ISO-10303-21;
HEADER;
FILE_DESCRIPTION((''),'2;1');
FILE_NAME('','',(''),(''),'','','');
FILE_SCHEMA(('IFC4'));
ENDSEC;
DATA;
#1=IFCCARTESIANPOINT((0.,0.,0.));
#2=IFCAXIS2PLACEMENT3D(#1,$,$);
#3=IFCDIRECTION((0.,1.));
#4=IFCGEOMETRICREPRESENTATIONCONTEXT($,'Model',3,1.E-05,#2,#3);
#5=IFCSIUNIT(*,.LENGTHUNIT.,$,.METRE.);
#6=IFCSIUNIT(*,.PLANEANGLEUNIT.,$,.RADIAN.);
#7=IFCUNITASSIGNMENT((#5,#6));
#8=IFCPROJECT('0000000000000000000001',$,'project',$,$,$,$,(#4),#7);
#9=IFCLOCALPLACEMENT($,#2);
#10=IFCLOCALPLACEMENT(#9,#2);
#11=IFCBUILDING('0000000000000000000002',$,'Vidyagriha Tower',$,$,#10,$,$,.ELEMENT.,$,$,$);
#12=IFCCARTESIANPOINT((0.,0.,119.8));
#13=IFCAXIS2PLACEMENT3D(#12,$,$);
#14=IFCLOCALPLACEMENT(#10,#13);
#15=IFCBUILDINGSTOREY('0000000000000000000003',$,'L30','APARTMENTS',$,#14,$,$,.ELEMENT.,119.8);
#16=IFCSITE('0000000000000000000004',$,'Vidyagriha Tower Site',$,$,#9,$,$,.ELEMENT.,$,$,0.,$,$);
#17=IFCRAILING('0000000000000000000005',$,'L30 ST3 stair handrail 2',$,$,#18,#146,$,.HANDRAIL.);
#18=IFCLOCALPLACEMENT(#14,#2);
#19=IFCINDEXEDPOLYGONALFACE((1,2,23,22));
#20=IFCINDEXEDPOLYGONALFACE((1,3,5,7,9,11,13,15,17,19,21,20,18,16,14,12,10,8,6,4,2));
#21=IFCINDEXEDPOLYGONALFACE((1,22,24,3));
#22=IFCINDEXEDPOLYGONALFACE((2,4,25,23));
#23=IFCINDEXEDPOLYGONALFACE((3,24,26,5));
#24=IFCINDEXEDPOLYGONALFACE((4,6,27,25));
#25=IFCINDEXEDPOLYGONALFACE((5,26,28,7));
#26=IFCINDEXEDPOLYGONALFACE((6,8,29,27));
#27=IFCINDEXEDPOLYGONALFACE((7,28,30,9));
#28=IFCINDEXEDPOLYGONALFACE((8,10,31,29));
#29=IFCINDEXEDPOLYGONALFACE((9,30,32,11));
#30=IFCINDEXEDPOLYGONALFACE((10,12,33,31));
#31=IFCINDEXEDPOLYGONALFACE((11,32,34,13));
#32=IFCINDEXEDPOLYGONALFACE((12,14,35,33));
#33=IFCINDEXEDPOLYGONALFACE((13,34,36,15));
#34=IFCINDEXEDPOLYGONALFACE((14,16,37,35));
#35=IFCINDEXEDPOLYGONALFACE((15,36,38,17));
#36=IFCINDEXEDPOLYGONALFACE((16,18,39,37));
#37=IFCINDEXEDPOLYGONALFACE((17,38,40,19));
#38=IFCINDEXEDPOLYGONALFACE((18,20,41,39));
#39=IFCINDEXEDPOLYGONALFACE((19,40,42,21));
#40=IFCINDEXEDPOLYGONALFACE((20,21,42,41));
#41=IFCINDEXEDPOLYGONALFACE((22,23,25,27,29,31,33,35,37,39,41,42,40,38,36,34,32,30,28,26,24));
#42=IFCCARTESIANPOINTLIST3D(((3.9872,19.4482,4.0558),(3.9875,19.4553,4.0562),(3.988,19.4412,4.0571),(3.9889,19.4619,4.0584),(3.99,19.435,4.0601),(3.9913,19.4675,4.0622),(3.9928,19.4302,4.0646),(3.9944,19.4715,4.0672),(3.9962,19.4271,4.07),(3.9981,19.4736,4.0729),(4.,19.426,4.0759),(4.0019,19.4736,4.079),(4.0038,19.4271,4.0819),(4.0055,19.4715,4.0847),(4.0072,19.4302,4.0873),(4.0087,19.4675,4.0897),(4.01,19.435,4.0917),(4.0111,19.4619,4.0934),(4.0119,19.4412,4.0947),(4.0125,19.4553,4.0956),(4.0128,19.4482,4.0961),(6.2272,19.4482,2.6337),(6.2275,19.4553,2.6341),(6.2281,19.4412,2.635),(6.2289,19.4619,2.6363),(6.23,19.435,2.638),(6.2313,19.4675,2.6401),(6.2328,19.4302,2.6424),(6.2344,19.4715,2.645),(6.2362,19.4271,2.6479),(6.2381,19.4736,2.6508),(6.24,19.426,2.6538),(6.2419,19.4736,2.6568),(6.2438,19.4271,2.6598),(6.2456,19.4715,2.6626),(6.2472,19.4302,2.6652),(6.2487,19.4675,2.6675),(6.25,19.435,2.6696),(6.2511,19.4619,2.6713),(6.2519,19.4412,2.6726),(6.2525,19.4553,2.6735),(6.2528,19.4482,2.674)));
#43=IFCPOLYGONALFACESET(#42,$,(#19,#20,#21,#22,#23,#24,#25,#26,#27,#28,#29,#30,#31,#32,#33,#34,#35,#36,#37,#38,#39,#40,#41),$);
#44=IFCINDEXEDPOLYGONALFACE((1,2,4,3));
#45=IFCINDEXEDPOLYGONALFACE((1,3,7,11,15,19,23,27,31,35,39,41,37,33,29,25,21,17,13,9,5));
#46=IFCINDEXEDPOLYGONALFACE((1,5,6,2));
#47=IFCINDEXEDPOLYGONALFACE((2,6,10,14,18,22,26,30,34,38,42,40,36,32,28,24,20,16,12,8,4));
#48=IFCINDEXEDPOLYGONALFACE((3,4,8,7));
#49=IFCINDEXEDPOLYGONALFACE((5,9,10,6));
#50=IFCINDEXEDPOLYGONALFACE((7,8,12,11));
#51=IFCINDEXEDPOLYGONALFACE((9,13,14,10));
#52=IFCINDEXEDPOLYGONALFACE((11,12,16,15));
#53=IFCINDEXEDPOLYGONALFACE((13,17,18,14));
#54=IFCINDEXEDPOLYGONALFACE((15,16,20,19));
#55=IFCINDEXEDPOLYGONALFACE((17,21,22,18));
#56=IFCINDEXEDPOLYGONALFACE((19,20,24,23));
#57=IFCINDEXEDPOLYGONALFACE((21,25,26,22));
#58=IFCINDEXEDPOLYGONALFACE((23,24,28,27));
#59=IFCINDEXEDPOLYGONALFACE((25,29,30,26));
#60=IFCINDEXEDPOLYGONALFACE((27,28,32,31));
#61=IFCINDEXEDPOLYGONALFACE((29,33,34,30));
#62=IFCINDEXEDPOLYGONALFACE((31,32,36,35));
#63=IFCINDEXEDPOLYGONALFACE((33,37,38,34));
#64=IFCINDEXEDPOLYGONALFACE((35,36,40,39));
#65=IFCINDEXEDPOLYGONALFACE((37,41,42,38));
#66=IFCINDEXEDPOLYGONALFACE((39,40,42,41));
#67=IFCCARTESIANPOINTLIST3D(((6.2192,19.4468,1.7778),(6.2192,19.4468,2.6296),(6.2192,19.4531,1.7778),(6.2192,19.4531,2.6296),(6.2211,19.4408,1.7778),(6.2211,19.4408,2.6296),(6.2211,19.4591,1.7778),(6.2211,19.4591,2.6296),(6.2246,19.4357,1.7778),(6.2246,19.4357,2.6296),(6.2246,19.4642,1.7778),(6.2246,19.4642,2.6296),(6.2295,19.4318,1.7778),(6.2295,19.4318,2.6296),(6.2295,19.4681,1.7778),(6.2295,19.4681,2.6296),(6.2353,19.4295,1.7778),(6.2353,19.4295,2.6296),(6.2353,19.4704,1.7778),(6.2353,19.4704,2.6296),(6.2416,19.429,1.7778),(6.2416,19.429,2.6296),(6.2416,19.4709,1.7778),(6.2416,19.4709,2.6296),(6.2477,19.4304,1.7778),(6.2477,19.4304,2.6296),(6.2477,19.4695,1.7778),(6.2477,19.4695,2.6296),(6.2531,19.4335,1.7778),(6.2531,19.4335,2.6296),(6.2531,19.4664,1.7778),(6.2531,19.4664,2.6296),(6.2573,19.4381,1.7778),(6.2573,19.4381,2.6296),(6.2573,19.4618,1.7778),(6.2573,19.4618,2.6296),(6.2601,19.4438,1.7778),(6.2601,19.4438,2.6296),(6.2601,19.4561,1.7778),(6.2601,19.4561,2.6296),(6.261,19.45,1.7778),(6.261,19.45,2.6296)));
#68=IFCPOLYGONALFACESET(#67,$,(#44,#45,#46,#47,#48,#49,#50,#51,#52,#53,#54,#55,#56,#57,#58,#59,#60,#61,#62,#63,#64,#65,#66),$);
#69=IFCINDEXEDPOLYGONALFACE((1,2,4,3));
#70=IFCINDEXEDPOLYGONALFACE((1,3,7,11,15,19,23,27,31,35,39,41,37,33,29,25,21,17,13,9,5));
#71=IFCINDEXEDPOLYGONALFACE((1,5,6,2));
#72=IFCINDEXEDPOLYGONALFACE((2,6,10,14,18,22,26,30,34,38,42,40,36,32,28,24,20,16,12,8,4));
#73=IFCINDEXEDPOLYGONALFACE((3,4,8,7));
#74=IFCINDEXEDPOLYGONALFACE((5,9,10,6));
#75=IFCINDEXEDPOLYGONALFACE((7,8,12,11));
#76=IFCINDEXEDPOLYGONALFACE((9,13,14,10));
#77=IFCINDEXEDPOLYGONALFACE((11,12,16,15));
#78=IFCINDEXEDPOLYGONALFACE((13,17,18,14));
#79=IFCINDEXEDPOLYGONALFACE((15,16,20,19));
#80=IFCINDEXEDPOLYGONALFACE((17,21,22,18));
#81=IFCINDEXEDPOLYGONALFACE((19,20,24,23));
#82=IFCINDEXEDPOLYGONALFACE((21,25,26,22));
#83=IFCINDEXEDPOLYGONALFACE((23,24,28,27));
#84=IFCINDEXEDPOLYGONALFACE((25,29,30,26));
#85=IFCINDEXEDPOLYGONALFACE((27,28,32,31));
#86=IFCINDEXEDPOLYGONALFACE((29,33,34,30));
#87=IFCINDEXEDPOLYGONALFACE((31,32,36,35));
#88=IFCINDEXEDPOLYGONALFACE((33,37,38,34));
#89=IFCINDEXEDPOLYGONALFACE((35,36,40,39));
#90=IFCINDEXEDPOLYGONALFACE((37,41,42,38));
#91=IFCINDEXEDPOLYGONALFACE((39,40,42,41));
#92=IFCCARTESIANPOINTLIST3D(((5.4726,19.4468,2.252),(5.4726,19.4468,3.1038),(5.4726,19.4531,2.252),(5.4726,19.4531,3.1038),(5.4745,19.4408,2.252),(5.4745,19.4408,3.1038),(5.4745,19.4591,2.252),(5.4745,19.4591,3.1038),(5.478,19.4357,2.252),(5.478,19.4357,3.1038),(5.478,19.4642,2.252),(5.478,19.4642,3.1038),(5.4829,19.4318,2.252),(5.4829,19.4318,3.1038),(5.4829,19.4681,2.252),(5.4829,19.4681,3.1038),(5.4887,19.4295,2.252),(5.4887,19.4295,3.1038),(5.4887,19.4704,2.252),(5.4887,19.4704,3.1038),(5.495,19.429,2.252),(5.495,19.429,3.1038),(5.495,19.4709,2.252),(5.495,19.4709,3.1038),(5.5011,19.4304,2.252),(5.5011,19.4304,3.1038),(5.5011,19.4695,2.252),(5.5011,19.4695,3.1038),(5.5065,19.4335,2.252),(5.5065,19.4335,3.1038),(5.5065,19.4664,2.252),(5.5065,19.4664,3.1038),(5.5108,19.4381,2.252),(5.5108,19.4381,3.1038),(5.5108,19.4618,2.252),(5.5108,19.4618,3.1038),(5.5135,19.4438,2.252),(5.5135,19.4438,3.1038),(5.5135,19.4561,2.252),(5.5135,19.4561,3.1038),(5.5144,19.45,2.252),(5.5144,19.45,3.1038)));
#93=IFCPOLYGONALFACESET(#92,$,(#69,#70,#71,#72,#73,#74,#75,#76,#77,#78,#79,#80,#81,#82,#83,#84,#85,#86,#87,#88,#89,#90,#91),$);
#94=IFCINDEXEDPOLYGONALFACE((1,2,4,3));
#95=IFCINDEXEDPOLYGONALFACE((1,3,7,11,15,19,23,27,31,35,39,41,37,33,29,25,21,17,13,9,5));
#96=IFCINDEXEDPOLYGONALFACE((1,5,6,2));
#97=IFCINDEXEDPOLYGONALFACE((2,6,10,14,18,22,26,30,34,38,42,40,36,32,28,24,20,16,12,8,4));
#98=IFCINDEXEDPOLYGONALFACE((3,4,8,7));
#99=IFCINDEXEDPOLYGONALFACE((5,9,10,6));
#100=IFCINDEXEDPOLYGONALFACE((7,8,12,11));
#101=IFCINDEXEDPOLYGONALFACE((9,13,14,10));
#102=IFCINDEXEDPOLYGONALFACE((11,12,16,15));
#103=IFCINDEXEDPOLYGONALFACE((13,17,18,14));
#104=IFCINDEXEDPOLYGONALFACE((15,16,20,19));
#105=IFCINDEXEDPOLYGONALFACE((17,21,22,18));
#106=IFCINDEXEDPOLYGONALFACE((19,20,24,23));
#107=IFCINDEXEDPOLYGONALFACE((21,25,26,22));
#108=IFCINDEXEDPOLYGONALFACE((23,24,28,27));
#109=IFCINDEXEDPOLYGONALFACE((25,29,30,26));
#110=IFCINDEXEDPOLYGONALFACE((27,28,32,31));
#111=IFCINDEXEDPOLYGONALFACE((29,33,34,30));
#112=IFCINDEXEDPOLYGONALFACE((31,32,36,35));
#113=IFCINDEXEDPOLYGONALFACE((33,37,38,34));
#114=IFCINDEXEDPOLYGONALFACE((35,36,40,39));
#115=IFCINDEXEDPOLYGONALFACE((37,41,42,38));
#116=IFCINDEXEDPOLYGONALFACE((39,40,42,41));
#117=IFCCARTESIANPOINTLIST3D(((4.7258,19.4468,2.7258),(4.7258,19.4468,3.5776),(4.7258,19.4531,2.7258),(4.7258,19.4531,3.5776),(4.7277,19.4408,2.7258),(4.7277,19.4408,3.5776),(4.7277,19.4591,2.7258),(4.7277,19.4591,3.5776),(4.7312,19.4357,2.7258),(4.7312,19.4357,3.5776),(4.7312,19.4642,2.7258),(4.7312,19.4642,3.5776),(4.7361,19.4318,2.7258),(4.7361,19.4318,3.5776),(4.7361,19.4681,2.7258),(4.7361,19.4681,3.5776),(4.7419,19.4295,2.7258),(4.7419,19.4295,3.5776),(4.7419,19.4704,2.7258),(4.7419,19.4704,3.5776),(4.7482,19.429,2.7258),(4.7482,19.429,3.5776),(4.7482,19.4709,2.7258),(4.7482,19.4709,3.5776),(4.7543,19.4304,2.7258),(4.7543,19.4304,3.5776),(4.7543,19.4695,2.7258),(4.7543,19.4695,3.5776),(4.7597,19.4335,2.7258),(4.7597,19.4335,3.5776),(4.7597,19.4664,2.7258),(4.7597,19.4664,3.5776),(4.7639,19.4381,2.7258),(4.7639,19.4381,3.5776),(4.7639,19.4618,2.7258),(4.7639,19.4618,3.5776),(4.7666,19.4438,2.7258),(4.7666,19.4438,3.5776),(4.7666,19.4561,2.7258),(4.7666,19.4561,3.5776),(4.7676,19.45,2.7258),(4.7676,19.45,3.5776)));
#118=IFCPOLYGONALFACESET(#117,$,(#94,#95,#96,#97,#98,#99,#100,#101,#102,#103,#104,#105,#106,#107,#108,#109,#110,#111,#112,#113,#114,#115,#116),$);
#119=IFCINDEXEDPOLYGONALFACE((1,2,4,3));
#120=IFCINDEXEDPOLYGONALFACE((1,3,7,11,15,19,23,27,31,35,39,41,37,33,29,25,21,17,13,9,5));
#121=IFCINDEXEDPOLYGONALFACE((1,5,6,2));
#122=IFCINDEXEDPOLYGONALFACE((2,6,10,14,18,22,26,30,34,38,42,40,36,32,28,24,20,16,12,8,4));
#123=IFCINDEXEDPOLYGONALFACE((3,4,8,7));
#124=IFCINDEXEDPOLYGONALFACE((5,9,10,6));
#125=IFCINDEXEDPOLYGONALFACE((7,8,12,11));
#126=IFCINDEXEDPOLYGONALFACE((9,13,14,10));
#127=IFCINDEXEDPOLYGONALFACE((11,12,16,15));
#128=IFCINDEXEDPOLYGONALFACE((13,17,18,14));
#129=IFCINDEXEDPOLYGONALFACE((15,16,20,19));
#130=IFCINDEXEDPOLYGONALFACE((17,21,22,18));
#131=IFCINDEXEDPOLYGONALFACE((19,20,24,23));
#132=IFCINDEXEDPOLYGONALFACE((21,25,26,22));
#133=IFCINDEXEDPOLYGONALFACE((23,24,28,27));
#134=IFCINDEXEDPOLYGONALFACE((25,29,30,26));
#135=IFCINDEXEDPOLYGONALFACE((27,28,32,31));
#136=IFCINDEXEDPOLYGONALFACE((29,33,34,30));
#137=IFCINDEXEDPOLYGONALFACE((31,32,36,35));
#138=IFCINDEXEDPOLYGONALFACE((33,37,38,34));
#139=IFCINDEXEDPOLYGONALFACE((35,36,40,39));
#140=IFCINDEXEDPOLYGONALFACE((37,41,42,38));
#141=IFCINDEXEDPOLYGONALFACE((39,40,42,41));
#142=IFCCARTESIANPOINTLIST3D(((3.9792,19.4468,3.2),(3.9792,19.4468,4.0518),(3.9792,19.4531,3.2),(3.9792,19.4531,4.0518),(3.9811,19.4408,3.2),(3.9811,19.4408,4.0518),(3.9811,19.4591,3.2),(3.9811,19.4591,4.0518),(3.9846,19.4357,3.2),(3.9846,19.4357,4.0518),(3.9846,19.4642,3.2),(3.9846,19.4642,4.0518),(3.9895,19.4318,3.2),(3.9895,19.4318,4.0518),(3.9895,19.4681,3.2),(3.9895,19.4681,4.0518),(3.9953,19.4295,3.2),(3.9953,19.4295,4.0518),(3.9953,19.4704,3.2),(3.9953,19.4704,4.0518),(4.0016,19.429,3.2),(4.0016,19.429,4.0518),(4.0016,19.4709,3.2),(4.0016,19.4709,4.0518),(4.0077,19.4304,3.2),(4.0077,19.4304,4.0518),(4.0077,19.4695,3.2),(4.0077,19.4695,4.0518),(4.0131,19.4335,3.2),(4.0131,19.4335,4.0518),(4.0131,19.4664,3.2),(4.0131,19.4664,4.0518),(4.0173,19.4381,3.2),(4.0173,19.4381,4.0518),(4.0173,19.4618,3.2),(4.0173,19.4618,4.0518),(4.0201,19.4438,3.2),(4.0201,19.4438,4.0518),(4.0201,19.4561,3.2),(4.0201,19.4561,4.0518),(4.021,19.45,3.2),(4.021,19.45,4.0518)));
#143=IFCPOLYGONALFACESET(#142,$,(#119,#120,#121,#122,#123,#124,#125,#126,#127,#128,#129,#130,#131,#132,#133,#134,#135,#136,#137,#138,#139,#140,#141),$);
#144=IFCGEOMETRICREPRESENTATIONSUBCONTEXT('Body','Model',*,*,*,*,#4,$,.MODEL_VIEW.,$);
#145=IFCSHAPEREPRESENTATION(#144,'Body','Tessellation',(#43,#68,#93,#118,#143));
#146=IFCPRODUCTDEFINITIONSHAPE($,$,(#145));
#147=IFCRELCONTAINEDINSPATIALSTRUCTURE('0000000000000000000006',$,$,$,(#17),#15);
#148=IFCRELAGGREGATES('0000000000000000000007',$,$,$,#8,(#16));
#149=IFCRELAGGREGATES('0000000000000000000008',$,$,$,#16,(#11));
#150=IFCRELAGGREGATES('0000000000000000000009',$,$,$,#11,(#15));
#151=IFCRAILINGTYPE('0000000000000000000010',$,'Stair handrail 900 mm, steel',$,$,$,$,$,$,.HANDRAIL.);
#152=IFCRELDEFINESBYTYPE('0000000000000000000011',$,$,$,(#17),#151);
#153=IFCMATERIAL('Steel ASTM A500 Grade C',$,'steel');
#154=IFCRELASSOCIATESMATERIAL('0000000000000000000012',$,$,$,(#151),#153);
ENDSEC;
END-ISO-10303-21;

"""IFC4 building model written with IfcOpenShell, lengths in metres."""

from ifc_helpers import new_model, si_unit, direction, frame, origin, origin_2d, place, context, subcontext, project, spatial, circle, extrude, material, type_object, element, save


model = new_model("IFC4")

# Units and contexts
model_context = context("Model", 3, precision=1e-05, world=origin(), true_north=direction((0.0, 1.0)))
body_context = subcontext(model_context, "Body", "Model", "MODEL_VIEW")
ifc_project = project(units=[si_unit("LENGTHUNIT", "METRE"), si_unit("PLANEANGLEUNIT", "RADIAN")], contexts=[model_context])

# Site, building, storey
site_placement = place(None, origin())
site = spatial("IfcSite", under=ifc_project, at=site_placement, Name="Vidyagriha Tower Site", CompositionType="ELEMENT", RefElevation=0.0)
building_placement = place(site_placement, origin())
building = spatial("IfcBuilding", under=site, at=building_placement, Name="Vidyagriha Tower", CompositionType="ELEMENT")
storey_placement = place(building_placement, frame((0.0, 0.0, 119.8)))
storey = spatial("IfcBuildingStorey", under=building, at=storey_placement, Name="L30", Description="APARTMENTS", CompositionType="ELEMENT", Elevation=119.8)

# Railing
ifc_material_1 = material(Name="Steel ASTM A500 Grade C", Category="steel")
railing_type_1 = type_object("IfcRailingType", Name="Stair handrail 900 mm, steel", PredefinedType="HANDRAIL", material=ifc_material_1)
railing_1_placement = place(storey_placement, frame((6.24, 19.45, 1.7778)))
element("IfcRailing", 1, at=railing_1_placement, inside=storey, type_object=railing_type_1, Name="L30 ST3 stair handrail 2", PredefinedType="HANDRAIL", context=body_context, shape_type="SweptSolid", body=[
    extrude(circle(Radius=0.0239, at=origin_2d()), frame((0.0, 0.0, 0.876), z_axis=(-0.844229, 0.0, 0.535982), x_axis=(0.0, -1.0, 0.0)), (0.0, 0.0, 1.0), 2.6533),
    extrude(circle(Radius=0.021, at=origin_2d()), origin(), (0.0, 0.0, 1.0), 0.8518),
    extrude(circle(Radius=0.021, at=origin_2d()), frame((-0.7466, 0.0, 0.4741)), (0.0, 0.0, 1.0), 0.8518),
    extrude(circle(Radius=0.021, at=origin_2d()), frame((-1.4934, 0.0, 0.948)), (0.0, 0.0, 1.0), 0.8518),
    extrude(circle(Radius=0.021, at=origin_2d()), frame((-2.24, 0.0, 1.4221)), (0.0, 0.0, 1.0), 0.8518),
])

save(model, "model.ifc")
